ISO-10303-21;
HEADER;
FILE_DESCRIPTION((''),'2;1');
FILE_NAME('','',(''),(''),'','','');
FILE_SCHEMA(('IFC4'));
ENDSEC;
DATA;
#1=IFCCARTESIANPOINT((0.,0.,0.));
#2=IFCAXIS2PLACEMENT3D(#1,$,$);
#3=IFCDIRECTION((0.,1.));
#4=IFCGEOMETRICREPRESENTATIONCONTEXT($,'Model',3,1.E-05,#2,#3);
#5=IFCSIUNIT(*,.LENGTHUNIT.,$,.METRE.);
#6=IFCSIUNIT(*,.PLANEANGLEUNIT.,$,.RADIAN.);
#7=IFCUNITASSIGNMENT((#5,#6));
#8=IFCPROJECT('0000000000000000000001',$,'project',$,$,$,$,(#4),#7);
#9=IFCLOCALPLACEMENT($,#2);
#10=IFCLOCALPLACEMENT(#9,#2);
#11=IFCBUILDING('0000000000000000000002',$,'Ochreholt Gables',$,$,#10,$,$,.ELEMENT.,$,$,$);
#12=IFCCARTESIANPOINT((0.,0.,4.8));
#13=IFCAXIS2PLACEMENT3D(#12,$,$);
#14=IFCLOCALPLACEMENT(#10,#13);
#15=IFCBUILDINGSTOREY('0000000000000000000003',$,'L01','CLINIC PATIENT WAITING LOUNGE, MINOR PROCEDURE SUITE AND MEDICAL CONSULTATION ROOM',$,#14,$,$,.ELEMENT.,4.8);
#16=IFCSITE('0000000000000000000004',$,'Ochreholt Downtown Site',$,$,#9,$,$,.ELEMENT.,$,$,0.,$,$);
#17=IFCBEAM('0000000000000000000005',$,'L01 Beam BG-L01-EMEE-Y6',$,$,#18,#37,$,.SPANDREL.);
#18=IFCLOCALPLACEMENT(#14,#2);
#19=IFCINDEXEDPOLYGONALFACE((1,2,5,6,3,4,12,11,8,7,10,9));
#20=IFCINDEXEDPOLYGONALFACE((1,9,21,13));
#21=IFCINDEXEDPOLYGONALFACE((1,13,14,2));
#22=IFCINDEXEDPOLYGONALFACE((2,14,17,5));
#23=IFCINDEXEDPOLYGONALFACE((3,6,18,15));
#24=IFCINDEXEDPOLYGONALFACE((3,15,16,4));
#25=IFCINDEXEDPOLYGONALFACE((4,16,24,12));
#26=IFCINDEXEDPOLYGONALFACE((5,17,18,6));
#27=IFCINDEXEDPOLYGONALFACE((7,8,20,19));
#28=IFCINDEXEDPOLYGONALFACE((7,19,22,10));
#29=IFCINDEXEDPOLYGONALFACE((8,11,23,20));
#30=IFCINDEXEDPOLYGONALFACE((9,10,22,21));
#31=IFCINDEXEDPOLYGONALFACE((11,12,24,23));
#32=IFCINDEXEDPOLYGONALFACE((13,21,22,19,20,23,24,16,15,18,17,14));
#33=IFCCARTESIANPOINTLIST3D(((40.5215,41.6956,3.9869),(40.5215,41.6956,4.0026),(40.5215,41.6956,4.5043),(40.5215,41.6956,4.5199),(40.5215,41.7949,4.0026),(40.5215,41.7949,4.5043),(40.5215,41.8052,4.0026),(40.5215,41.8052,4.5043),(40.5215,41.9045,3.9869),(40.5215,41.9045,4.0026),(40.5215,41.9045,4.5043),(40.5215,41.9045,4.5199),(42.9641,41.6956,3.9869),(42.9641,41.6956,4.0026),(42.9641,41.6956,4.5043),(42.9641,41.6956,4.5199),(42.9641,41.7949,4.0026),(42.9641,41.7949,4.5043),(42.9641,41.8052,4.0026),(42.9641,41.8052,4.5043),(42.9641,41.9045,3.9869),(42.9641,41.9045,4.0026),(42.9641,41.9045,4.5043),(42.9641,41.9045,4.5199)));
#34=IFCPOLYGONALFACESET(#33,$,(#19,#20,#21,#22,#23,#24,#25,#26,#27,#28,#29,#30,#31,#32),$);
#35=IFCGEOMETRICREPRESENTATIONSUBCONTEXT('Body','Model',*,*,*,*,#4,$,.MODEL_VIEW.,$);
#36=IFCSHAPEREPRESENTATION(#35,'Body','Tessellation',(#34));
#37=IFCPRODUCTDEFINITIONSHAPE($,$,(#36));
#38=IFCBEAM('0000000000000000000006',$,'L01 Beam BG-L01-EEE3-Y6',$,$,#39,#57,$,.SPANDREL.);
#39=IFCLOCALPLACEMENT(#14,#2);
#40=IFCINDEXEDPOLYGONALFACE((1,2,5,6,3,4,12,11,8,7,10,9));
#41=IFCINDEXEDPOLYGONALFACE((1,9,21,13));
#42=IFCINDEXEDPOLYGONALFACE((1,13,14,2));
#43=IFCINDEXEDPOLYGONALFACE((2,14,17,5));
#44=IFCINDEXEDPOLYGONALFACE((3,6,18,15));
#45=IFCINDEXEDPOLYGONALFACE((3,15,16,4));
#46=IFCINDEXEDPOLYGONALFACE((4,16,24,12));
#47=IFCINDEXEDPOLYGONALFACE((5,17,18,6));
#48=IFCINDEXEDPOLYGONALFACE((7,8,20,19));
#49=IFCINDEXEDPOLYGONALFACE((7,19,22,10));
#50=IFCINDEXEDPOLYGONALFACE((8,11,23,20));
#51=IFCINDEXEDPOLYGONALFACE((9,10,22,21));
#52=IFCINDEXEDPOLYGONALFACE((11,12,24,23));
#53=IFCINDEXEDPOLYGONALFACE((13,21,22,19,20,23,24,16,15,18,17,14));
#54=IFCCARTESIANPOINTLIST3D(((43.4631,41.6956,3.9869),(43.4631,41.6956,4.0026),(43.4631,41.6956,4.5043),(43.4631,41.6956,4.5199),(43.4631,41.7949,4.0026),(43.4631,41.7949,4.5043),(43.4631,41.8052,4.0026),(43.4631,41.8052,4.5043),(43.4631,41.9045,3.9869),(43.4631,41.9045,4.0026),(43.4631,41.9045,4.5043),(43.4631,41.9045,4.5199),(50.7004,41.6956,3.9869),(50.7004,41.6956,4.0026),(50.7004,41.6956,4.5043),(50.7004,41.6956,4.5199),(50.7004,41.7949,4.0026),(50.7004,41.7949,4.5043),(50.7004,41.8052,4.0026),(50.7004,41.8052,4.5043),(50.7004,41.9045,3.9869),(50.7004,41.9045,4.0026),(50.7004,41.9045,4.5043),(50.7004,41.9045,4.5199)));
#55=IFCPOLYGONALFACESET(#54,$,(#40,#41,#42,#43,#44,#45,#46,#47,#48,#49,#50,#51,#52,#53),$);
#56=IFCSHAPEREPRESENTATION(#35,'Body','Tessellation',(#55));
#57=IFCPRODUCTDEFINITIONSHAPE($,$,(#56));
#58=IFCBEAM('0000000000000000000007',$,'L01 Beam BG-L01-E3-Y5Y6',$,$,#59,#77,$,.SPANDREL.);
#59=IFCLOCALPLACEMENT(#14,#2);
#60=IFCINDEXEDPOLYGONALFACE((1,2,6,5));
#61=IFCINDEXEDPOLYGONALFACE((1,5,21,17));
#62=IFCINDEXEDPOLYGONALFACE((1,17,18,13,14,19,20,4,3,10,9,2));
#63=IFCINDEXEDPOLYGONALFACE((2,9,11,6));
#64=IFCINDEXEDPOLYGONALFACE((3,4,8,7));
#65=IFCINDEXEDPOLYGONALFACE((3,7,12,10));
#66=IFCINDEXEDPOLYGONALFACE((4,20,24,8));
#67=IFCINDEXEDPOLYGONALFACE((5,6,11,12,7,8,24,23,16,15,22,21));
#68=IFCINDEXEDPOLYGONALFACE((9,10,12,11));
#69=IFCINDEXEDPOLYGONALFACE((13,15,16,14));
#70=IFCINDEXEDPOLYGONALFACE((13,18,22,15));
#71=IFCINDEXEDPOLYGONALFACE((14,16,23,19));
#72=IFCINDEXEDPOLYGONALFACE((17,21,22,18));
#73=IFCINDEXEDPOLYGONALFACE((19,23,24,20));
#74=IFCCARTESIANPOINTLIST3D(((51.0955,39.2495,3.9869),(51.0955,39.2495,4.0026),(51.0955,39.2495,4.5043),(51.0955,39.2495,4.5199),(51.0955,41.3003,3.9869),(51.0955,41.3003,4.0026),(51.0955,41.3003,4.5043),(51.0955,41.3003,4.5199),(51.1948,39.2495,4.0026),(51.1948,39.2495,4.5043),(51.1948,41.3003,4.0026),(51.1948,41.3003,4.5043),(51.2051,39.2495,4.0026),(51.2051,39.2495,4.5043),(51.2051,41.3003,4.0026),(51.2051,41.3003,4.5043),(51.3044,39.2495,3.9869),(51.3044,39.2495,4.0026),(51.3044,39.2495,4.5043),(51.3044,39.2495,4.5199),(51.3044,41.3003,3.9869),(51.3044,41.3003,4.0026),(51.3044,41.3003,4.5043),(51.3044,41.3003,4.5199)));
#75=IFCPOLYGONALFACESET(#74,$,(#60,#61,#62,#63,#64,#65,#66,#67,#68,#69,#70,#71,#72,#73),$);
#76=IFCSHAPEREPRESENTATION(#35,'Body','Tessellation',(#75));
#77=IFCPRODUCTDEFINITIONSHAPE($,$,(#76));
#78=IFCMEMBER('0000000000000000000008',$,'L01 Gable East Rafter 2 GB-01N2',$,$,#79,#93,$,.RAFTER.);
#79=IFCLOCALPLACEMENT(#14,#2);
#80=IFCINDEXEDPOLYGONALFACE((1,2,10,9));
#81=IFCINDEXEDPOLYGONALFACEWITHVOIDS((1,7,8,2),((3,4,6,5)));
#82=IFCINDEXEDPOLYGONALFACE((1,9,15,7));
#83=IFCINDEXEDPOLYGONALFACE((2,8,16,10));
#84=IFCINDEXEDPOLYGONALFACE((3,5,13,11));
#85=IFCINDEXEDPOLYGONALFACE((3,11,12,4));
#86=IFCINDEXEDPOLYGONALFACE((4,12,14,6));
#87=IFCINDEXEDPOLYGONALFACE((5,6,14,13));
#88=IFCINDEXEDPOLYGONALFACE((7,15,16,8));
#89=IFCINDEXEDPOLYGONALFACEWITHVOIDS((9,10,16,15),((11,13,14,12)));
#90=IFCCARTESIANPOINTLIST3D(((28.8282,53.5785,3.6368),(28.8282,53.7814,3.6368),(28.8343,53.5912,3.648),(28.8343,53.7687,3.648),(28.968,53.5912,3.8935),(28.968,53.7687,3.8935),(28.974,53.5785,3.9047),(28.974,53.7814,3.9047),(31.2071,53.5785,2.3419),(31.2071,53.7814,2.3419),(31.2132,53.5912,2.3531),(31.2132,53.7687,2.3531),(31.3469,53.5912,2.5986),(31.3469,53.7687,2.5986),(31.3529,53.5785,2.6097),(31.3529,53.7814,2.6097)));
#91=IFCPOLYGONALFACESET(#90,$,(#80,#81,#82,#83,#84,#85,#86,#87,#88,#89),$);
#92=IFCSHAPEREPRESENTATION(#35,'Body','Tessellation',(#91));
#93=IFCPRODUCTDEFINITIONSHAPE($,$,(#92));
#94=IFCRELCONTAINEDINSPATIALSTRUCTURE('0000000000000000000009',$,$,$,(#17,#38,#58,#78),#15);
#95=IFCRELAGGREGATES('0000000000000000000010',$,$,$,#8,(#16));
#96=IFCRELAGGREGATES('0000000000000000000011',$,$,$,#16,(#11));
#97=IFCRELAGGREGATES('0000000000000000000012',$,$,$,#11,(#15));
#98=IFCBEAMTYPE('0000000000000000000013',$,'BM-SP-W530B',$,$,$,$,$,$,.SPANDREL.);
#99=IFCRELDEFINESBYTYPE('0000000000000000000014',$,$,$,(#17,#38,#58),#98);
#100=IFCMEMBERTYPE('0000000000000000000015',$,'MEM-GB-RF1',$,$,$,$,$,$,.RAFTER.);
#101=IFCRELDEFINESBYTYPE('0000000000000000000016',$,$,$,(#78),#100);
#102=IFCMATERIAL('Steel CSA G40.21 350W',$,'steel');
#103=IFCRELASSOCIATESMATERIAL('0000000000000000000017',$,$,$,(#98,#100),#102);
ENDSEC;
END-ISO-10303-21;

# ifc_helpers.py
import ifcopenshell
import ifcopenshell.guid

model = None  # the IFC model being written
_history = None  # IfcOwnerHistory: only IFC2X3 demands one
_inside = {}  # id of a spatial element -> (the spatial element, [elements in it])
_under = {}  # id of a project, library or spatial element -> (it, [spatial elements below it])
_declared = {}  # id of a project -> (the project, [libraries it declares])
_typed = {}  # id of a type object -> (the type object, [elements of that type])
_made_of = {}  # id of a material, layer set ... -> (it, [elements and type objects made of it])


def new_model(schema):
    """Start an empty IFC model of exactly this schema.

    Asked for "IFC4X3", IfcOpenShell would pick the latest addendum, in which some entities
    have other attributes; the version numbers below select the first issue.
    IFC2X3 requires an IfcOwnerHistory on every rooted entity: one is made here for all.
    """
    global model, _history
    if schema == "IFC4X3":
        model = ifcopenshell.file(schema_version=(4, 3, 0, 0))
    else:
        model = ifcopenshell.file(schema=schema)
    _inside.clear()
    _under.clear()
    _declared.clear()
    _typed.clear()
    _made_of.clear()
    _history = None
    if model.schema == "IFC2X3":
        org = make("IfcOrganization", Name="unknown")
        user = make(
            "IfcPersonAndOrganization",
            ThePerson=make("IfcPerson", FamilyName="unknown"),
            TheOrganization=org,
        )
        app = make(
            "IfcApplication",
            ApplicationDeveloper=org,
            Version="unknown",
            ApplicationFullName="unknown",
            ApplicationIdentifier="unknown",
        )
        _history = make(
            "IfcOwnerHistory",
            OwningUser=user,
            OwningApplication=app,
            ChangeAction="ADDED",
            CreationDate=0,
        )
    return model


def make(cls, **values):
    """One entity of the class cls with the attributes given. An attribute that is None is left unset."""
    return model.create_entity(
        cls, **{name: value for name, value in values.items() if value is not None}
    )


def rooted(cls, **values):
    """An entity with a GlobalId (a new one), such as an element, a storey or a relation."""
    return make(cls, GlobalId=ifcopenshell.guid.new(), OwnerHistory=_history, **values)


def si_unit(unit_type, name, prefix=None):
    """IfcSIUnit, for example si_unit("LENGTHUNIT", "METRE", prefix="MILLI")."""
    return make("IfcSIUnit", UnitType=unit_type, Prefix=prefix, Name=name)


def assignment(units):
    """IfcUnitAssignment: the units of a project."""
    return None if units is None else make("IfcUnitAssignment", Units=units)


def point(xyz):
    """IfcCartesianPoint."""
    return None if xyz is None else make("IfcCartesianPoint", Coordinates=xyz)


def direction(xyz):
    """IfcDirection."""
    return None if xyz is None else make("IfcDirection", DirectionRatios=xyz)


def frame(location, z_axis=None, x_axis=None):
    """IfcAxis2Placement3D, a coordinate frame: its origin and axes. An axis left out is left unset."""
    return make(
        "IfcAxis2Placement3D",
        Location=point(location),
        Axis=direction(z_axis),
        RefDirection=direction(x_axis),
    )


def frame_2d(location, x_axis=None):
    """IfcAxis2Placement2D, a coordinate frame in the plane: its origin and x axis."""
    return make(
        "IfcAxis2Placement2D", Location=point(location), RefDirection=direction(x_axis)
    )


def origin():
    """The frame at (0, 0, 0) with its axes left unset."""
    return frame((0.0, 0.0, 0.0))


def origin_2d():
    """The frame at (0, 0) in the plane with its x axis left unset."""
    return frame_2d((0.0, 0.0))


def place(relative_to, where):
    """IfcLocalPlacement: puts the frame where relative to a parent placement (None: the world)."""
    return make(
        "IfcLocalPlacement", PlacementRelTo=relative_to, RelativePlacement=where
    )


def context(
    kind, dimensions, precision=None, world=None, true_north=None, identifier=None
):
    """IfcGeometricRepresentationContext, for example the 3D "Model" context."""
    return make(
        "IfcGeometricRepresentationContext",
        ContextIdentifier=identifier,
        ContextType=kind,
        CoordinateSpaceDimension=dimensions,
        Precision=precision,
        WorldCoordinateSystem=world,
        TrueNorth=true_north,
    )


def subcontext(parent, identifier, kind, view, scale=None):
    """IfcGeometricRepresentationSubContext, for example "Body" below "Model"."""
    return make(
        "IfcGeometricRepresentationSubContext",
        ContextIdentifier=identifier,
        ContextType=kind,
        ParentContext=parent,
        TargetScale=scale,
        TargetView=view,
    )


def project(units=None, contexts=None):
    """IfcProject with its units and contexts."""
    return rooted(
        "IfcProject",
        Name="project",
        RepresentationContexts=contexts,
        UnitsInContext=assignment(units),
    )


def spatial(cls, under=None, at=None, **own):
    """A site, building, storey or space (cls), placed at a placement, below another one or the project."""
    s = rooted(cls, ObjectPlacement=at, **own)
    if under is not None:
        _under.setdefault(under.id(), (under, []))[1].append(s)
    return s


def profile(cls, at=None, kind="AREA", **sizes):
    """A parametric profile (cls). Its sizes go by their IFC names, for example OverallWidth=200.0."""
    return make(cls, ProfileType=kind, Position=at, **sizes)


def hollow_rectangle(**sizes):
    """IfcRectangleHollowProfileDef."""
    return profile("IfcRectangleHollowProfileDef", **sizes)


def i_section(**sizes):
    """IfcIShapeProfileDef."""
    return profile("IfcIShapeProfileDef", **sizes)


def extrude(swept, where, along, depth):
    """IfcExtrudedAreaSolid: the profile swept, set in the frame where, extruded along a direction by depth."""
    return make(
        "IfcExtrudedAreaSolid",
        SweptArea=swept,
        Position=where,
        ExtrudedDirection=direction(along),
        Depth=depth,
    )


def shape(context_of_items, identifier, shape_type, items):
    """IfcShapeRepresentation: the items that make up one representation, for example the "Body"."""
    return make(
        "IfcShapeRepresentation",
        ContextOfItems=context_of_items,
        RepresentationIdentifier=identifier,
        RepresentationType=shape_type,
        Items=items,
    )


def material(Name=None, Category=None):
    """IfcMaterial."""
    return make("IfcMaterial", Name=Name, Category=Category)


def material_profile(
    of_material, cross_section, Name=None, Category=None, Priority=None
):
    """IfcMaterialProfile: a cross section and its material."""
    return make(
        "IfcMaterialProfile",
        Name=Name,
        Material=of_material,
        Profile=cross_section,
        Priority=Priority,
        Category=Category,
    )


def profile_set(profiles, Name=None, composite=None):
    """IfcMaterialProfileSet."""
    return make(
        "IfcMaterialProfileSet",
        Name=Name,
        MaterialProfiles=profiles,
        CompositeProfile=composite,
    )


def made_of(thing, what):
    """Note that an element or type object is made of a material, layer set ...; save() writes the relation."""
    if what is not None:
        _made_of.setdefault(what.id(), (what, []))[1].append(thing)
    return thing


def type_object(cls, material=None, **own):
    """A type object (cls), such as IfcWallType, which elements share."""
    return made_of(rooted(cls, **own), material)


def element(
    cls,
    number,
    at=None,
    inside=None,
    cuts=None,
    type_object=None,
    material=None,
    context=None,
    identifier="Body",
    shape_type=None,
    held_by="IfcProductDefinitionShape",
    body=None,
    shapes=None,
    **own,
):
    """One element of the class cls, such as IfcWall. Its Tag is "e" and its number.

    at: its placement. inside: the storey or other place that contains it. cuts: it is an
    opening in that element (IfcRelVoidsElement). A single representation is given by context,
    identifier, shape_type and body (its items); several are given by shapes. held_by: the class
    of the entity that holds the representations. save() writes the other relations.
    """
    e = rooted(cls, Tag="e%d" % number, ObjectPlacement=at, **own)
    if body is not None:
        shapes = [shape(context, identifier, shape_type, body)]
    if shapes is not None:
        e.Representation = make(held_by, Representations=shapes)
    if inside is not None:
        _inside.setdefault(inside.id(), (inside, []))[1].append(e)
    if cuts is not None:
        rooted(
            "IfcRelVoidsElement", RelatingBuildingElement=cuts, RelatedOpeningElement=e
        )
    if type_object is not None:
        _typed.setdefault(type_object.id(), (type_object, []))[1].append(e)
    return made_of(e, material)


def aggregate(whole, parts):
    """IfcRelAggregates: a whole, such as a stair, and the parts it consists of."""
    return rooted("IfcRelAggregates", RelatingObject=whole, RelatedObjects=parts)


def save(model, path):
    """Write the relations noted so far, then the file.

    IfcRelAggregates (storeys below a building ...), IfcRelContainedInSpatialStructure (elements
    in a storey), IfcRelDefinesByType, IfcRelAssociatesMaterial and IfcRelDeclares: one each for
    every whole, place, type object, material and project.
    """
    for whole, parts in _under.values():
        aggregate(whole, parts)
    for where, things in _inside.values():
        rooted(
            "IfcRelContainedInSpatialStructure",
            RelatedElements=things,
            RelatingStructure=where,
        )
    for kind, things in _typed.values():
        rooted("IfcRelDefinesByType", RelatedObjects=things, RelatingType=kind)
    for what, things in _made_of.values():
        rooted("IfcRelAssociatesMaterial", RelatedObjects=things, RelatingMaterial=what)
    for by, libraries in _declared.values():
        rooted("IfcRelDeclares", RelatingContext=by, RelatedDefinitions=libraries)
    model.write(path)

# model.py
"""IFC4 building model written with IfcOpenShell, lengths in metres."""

from ifc_helpers import new_model, si_unit, direction, frame, origin, origin_2d, place, context, subcontext, project, spatial, hollow_rectangle, i_section, extrude, material, material_profile, profile_set, type_object, element, save


model = new_model("IFC4")

# Units and contexts
model_context = context("Model", 3, precision=1e-05, world=origin(), true_north=direction((0.0, 1.0)))
body_context = subcontext(model_context, "Body", "Model", "MODEL_VIEW")
ifc_project = project(units=[si_unit("LENGTHUNIT", "METRE"), si_unit("PLANEANGLEUNIT", "RADIAN")], contexts=[model_context])

# Site, building, storey
site_placement = place(None, origin())
site = spatial("IfcSite", under=ifc_project, at=site_placement, Name="Ochreholt Downtown Site", CompositionType="ELEMENT", RefElevation=0.0)
building_placement = place(site_placement, origin())
building = spatial("IfcBuilding", under=site, at=building_placement, Name="Ochreholt Gables", CompositionType="ELEMENT")
storey_placement = place(building_placement, frame((0.0, 0.0, 4.8)))
storey = spatial("IfcBuildingStorey", under=building, at=storey_placement, Name="L01", Description="CLINIC PATIENT WAITING LOUNGE, MINOR PROCEDURE SUITE AND MEDICAL CONSULTATION ROOM", CompositionType="ELEMENT", Elevation=4.8)

# Shared definitions
ifc_material_1 = material(Name="Steel CSA G40.21 350W", Category="steel")

# Beams
ifc_material_profile_1 = material_profile(ifc_material_1, i_section(OverallWidth=0.209, OverallDepth=0.533, WebThickness=0.0103, FlangeThickness=0.0156, at=origin_2d()), Name="W530X92")
ifc_profile_set_1 = profile_set([ifc_material_profile_1], Name="Steel CSA G40.21 350W")
beam_type_1 = type_object("IfcBeamType", Name="BM-SP-W530B", PredefinedType="SPANDREL", material=ifc_profile_set_1)
beam_1_placement = place(storey_placement, frame((40.5215, 41.8, 4.2534), z_axis=(1.0, 0.0, 0.0), x_axis=(0.0, 1.0, 0.0)))
element("IfcBeam", 1, at=beam_1_placement, inside=storey, type_object=beam_type_1, Name="L01 Beam BG-L01-EMEE-Y6", PredefinedType="SPANDREL", context=body_context, shape_type="SweptSolid", body=[
    extrude(i_section(OverallWidth=0.209, OverallDepth=0.533, WebThickness=0.0103, FlangeThickness=0.0156, at=origin_2d()), origin(), (0.0, 0.0, 1.0), 2.4426),
])
beam_2_placement = place(storey_placement, frame((43.4631, 41.8, 4.2534), z_axis=(1.0, 0.0, 0.0), x_axis=(0.0, 1.0, 0.0)))
element("IfcBeam", 2, at=beam_2_placement, inside=storey, type_object=beam_type_1, Name="L01 Beam BG-L01-EEE3-Y6", PredefinedType="SPANDREL", context=body_context, shape_type="SweptSolid", body=[
    extrude(i_section(OverallWidth=0.209, OverallDepth=0.533, WebThickness=0.0103, FlangeThickness=0.0156, at=origin_2d()), origin(), (0.0, 0.0, 1.0), 7.2373),
])
beam_3_placement = place(storey_placement, frame((51.2, 39.2495, 4.2534), z_axis=(0.0, 1.0, 0.0), x_axis=(-1.0, 0.0, 0.0)))
element("IfcBeam", 3, at=beam_3_placement, inside=storey, type_object=beam_type_1, Name="L01 Beam BG-L01-E3-Y5Y6", PredefinedType="SPANDREL", context=body_context, shape_type="SweptSolid", body=[
    extrude(i_section(OverallWidth=0.209, OverallDepth=0.533, WebThickness=0.0103, FlangeThickness=0.0156, at=origin_2d()), origin(), (0.0, 0.0, 1.0), 2.0508),
])

# Member
ifc_material_profile_2 = material_profile(ifc_material_1, hollow_rectangle(XDim=0.2029, YDim=0.3049, WallThickness=0.0127, at=origin_2d()), Name="HSS305X203X13")
ifc_profile_set_2 = profile_set([ifc_material_profile_2], Name="Steel CSA G40.21 350W")
member_type = type_object("IfcMemberType", Name="MEM-GB-RF1", PredefinedType="RAFTER", material=ifc_profile_set_2)
member_placement = place(storey_placement, frame((31.28, 53.6799, 2.4758), z_axis=(-0.878309, 0.0, 0.478094), x_axis=(0.0, -1.0, 0.0)))
element("IfcMember", 4, at=member_placement, inside=storey, type_object=member_type, Name="L01 Gable East Rafter 2 GB-01N2", PredefinedType="RAFTER", context=body_context, shape_type="SweptSolid", body=[
    extrude(hollow_rectangle(XDim=0.2029, YDim=0.3049, WallThickness=0.0127, at=origin_2d()), origin(), (0.0, 0.0, 1.0), 2.7085),
])

save(model, "model.ifc")
